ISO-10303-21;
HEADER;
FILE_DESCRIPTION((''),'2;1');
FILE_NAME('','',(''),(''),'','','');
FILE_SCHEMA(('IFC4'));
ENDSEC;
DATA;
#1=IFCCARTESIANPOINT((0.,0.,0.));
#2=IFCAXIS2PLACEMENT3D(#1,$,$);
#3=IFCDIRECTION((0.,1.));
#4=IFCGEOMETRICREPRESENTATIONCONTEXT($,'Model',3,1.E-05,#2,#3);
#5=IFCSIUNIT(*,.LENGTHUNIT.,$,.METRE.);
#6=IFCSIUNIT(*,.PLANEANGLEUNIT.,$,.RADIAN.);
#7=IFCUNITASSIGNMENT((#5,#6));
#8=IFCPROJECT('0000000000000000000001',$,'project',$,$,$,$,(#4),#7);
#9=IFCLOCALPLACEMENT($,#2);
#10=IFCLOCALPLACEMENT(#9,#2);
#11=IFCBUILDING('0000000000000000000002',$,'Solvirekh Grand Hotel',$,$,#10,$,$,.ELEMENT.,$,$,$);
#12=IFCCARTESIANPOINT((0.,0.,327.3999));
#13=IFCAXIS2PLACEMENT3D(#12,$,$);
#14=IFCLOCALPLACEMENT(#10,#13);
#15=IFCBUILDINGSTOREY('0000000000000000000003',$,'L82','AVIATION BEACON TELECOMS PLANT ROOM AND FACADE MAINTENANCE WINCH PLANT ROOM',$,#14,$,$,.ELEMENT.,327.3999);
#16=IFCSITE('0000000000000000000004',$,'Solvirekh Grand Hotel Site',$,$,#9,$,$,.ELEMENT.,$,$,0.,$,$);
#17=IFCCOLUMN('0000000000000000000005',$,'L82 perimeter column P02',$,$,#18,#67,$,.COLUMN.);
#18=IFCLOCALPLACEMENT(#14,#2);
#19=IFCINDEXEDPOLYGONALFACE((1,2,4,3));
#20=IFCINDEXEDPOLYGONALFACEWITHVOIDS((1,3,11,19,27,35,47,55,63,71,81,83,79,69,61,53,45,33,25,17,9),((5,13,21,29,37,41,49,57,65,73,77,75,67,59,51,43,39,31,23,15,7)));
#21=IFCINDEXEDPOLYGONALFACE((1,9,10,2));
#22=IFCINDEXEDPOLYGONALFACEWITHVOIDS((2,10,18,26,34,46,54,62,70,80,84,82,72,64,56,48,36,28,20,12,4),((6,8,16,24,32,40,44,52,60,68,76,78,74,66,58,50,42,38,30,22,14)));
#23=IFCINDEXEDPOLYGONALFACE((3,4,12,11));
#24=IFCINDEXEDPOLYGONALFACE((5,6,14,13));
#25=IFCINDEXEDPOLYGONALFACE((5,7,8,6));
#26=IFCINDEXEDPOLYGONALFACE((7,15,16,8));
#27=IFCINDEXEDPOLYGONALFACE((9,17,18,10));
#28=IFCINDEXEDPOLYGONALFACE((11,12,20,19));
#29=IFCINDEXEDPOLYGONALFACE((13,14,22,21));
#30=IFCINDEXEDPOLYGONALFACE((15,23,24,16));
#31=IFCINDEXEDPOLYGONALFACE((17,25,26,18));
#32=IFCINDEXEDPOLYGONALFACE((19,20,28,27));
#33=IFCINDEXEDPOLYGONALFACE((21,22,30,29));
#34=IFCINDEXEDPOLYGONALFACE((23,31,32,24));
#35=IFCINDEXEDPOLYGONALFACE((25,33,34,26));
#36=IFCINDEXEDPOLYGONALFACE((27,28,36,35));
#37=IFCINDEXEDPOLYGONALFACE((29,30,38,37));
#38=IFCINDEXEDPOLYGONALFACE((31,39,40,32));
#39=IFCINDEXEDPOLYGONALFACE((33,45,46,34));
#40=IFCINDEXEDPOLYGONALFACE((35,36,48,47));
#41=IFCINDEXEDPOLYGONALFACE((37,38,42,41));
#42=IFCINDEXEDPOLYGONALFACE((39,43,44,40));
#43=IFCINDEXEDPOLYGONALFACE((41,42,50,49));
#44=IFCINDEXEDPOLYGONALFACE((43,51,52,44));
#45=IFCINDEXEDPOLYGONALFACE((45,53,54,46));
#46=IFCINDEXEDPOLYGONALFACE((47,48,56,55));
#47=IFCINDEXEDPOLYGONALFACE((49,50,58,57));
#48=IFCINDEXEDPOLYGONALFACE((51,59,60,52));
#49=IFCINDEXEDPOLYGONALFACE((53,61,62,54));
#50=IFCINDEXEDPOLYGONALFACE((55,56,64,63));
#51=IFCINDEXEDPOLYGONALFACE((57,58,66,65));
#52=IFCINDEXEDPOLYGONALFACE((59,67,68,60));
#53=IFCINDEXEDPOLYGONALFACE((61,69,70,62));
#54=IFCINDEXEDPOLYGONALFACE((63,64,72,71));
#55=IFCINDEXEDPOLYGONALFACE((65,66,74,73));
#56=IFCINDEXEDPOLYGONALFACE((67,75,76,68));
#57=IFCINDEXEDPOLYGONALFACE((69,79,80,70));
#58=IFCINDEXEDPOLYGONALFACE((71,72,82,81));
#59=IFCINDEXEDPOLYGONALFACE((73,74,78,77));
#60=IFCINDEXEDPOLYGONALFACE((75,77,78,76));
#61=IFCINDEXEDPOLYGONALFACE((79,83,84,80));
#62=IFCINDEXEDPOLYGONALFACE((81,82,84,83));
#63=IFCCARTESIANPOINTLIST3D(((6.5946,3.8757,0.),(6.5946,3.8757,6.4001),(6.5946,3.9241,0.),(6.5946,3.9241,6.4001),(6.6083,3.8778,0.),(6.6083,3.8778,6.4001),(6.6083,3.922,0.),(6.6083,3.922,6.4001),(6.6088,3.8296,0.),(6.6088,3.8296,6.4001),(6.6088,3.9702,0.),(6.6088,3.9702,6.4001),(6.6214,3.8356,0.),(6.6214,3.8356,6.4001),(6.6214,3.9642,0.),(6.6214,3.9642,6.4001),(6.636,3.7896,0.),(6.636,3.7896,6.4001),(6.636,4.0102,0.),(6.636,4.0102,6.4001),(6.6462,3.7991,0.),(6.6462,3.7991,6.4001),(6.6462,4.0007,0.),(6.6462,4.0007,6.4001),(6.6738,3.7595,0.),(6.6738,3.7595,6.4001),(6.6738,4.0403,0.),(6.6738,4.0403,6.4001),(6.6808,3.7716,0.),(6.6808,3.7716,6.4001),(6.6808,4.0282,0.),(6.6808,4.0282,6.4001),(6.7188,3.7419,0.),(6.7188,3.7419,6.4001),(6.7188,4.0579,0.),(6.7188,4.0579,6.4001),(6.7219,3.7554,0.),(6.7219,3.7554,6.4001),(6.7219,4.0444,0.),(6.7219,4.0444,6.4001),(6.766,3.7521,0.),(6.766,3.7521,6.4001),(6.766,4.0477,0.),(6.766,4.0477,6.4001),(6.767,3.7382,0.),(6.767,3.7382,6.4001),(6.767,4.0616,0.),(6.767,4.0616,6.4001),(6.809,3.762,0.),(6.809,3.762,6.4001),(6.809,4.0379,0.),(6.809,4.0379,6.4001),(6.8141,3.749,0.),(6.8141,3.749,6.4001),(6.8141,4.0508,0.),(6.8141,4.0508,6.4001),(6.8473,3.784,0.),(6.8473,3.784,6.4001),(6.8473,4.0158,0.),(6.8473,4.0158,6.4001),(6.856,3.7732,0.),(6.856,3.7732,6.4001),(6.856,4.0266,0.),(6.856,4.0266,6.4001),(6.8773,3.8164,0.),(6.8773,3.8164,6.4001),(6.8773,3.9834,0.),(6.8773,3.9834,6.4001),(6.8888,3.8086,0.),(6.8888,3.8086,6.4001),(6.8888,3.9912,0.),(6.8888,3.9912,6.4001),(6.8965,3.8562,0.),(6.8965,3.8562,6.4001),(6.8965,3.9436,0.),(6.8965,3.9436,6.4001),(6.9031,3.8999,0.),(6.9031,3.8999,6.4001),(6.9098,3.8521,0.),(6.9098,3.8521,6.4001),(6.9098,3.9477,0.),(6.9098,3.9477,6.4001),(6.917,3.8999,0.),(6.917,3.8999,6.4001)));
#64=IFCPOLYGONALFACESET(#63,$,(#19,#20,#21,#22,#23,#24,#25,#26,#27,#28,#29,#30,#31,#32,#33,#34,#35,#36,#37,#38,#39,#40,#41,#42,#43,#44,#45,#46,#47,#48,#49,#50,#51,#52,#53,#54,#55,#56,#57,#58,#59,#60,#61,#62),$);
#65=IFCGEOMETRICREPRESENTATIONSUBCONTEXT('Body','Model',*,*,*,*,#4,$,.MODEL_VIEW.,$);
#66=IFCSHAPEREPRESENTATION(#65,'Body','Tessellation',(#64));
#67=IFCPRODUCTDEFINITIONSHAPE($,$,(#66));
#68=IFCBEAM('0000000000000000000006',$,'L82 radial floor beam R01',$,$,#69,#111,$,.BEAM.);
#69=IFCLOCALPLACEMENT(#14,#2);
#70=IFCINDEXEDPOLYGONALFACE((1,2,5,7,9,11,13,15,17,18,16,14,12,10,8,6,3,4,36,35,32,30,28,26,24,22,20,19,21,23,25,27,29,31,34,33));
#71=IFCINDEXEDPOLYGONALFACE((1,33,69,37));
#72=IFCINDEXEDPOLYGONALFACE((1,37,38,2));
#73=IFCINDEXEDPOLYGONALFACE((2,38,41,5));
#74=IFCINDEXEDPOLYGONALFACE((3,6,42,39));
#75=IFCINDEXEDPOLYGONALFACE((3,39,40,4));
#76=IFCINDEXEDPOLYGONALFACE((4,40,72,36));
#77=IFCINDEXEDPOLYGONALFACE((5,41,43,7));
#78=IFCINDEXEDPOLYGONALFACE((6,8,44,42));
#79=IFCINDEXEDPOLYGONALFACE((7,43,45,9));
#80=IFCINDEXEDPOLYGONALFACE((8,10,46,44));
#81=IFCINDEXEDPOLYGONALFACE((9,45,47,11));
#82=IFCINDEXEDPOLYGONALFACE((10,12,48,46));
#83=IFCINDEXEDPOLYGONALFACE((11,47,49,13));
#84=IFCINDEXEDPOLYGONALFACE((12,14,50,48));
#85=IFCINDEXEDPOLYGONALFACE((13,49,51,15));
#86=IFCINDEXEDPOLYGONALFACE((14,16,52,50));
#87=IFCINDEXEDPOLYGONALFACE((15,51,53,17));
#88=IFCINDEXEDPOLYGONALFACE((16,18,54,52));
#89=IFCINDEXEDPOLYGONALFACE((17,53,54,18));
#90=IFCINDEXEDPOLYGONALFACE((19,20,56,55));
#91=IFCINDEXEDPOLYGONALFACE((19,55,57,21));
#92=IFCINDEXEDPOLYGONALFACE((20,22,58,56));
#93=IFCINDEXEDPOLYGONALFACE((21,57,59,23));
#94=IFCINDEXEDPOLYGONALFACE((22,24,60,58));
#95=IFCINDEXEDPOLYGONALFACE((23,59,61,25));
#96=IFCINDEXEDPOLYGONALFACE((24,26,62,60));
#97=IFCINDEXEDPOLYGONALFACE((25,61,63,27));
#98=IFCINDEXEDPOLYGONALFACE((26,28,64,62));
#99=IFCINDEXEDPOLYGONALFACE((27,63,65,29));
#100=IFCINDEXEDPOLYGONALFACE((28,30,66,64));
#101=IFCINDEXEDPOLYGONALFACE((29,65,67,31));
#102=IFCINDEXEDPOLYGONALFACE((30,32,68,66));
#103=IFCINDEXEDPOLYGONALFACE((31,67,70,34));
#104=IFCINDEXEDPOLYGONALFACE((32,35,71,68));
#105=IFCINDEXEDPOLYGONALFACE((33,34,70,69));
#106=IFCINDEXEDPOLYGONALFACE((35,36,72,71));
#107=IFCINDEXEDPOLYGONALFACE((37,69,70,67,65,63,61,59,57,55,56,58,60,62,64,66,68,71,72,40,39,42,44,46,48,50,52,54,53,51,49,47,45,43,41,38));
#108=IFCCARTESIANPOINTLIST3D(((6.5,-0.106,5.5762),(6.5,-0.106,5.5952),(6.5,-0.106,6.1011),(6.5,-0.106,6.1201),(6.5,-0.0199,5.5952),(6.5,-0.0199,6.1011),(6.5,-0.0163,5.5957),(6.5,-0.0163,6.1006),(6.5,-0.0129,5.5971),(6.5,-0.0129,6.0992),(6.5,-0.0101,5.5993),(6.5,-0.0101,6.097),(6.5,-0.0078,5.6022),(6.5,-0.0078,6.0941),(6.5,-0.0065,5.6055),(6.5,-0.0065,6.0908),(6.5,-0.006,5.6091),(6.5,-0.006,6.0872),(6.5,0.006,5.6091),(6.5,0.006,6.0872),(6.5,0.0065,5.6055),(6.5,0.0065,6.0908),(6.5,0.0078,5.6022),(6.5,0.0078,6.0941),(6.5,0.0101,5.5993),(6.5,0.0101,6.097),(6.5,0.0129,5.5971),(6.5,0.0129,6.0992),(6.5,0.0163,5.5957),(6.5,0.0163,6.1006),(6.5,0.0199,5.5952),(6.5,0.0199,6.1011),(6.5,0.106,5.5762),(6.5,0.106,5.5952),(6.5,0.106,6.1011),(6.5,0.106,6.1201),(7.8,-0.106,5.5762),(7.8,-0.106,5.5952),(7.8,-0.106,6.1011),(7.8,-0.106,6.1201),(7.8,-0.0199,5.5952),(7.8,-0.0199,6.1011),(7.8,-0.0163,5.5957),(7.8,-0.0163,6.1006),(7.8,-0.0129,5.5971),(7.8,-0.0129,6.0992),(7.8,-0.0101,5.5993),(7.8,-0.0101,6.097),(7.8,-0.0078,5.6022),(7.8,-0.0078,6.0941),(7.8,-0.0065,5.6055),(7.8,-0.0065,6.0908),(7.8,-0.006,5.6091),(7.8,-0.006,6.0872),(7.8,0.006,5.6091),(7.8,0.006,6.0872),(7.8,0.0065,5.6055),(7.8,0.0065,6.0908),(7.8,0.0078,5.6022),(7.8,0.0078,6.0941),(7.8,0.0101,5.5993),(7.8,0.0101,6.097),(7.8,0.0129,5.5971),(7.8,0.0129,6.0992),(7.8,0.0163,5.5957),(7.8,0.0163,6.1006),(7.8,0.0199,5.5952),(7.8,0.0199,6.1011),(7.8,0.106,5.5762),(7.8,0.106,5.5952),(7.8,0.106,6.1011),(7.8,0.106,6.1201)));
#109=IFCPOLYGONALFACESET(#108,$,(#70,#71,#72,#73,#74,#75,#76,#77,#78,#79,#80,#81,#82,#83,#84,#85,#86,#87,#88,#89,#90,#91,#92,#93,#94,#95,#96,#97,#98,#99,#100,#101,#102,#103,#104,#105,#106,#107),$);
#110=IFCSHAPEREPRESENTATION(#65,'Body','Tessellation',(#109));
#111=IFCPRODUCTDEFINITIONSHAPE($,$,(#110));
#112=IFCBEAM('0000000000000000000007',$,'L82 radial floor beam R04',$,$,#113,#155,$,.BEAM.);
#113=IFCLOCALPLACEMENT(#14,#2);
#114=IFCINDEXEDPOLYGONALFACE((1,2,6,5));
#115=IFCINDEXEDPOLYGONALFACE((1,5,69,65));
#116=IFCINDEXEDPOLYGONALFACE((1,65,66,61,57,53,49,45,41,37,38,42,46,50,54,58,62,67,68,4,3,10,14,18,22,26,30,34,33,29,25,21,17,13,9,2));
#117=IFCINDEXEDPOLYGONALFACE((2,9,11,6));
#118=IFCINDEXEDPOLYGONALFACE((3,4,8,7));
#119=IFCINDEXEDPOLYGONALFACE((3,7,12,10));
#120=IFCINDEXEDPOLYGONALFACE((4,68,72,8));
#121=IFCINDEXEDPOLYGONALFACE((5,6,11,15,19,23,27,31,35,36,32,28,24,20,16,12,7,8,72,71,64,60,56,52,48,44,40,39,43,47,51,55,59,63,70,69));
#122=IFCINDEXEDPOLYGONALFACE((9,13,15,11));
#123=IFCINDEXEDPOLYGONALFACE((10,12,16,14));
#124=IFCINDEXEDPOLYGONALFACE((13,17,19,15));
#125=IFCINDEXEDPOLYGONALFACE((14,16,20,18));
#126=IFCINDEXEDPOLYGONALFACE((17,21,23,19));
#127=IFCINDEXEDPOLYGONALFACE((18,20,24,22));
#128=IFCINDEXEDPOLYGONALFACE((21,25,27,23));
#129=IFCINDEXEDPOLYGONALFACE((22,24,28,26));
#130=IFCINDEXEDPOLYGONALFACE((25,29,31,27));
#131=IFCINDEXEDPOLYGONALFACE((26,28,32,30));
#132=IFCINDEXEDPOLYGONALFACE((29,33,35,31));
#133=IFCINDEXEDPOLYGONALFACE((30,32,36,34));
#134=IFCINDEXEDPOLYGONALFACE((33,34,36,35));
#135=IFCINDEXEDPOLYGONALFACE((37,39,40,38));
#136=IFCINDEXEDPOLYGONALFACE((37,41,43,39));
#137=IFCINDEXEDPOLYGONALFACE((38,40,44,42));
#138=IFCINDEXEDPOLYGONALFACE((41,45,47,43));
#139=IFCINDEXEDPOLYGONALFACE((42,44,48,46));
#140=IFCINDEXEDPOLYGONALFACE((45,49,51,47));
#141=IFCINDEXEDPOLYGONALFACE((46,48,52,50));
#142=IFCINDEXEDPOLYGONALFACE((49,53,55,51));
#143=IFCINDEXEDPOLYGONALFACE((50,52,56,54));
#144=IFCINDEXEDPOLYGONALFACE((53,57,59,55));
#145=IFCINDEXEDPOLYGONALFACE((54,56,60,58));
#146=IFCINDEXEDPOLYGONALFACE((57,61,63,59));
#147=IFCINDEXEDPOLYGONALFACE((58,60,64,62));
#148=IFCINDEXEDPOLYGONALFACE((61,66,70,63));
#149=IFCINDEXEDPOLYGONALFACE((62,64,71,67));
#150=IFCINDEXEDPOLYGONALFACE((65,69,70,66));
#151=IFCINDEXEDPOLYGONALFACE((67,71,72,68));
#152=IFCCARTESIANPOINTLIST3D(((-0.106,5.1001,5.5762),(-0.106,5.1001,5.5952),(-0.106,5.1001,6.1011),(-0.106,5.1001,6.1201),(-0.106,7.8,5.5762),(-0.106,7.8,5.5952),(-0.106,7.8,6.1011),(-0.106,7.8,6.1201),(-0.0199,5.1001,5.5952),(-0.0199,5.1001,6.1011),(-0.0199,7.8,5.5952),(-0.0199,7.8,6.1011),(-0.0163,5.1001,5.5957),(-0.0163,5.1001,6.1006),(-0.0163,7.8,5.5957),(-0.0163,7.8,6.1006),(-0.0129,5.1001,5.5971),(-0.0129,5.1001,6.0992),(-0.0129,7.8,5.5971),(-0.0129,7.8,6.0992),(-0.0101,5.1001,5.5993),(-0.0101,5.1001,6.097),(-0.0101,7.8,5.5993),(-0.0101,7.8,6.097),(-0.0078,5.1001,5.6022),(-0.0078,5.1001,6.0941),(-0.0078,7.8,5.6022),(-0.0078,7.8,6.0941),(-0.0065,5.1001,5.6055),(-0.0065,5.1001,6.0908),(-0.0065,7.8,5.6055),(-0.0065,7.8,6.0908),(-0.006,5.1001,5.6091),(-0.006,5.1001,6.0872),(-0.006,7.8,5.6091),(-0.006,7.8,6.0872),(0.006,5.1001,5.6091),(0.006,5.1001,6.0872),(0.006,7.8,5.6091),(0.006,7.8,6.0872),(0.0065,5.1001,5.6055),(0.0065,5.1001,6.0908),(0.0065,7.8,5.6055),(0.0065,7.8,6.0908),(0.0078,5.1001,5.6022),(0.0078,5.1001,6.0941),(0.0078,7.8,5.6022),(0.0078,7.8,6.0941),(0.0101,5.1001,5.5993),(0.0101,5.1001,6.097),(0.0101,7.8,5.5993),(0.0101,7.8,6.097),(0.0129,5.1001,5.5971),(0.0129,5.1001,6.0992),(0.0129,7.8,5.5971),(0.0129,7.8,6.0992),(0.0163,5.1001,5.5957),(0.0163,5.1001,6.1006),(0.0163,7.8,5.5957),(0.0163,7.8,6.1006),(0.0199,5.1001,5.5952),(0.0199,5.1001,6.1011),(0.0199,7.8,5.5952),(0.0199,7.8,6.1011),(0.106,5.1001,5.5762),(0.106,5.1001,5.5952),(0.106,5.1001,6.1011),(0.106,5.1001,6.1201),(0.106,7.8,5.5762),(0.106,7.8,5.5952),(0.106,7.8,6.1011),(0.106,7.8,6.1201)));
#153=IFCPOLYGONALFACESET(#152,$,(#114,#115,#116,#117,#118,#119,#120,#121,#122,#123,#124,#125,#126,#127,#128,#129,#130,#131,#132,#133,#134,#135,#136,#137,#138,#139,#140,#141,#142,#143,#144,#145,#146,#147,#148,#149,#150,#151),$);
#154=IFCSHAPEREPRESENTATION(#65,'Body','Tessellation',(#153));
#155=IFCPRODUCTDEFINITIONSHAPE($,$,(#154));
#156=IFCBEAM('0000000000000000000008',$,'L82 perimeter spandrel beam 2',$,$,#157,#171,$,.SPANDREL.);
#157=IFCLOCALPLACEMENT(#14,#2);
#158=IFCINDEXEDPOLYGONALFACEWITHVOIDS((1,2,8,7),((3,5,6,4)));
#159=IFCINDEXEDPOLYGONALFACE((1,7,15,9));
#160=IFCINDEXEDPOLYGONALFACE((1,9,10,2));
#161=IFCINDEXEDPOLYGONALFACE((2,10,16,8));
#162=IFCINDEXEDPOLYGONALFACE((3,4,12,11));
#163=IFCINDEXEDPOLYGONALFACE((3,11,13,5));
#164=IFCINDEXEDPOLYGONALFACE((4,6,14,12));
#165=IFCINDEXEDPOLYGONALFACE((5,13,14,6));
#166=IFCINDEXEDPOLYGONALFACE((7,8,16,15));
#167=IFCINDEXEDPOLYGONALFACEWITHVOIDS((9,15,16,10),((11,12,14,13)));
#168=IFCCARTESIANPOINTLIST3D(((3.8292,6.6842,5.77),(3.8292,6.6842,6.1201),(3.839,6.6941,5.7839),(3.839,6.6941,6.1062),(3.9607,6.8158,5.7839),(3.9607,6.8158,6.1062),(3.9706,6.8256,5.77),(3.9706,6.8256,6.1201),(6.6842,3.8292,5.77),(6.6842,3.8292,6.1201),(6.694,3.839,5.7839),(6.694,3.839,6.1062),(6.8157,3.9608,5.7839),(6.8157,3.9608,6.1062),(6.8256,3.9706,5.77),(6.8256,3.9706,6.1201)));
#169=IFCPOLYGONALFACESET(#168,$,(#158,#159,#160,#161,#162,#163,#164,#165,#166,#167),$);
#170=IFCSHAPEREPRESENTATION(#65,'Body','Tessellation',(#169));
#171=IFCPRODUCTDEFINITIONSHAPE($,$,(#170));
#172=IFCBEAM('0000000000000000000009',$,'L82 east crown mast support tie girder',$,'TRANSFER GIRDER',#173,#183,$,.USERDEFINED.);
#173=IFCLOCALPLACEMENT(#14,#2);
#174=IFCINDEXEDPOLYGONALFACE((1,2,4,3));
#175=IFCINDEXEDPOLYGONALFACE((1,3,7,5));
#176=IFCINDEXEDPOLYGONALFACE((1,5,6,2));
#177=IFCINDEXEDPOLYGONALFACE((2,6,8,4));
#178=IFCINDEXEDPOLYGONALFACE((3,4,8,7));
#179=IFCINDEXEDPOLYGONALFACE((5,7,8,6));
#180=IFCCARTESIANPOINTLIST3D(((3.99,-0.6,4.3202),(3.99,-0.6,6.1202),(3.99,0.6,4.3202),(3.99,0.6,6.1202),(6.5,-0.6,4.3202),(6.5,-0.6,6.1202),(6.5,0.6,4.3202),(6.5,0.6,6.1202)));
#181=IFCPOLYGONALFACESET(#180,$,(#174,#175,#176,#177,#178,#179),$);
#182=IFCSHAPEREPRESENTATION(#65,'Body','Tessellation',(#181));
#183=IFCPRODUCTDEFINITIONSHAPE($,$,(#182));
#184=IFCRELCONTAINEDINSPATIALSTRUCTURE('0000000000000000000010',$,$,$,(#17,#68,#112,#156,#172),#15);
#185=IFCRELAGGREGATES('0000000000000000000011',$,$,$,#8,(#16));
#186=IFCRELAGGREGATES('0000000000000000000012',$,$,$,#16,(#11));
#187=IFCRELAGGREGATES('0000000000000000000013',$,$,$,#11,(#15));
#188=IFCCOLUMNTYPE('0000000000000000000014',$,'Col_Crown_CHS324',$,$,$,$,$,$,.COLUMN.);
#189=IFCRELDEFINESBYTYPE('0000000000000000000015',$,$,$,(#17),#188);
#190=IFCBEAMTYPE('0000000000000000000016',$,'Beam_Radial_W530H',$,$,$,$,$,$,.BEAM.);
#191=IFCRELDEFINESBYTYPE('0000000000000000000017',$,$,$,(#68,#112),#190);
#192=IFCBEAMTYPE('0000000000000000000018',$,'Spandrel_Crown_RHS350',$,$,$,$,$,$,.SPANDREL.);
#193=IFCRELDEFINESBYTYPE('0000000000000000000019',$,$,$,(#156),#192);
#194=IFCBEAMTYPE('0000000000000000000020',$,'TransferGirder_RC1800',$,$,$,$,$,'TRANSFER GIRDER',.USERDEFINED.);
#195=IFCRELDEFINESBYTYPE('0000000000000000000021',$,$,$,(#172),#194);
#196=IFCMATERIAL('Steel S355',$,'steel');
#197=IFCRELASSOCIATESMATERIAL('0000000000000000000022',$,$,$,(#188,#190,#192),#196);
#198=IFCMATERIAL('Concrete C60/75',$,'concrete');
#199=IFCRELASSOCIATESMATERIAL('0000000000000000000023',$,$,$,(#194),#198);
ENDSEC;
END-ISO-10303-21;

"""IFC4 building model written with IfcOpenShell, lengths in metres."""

from ifc_helpers import new_model, si_unit, direction, frame, origin, origin_2d, place, context, subcontext, project, spatial, rectangle, hollow_rectangle, hollow_circle, i_section, extrude, material, material_profile, profile_set, type_object, element, save


model = new_model("IFC4")

# Units and contexts
model_context = context("Model", 3, precision=1e-05, world=origin(), true_north=direction((0.0, 1.0)))
body_context = subcontext(model_context, "Body", "Model", "MODEL_VIEW")
ifc_project = project(units=[si_unit("LENGTHUNIT", "METRE"), si_unit("PLANEANGLEUNIT", "RADIAN")], contexts=[model_context])

# Site, building, storey
site_placement = place(None, origin())
site = spatial("IfcSite", under=ifc_project, at=site_placement, Name="Solvirekh Grand Hotel Site", CompositionType="ELEMENT", RefElevation=0.0)
building_placement = place(site_placement, origin())
building = spatial("IfcBuilding", under=site, at=building_placement, Name="Solvirekh Grand Hotel", CompositionType="ELEMENT")
storey_placement = place(building_placement, frame((0.0, 0.0, 327.3999)))
storey = spatial("IfcBuildingStorey", under=building, at=storey_placement, Name="L82", Description="AVIATION BEACON TELECOMS PLANT ROOM AND FACADE MAINTENANCE WINCH PLANT ROOM", CompositionType="ELEMENT", Elevation=327.3999)

# Column
ifc_material_1 = material(Name="Steel S355", Category="steel")
ifc_material_profile_1 = material_profile(ifc_material_1, hollow_circle(Radius=0.1621, WallThickness=0.0139, at=origin_2d()), Name="CHS 324X14")
ifc_profile_set_1 = profile_set([ifc_material_profile_1], Name="Steel S355")
column_type = type_object("IfcColumnType", Name="Col_Crown_CHS324", PredefinedType="COLUMN", material=ifc_profile_set_1)
column_placement = place(storey_placement, frame((6.7549, 3.8999, 0.0), z_axis=(0.0, 0.0, 1.0), x_axis=(1.0, 0.0, 0.0)))
element("IfcColumn", 1, at=column_placement, inside=storey, type_object=column_type, Name="L82 perimeter column P02", PredefinedType="COLUMN", context=body_context, shape_type="SweptSolid", body=[
    extrude(hollow_circle(Radius=0.1621, WallThickness=0.0139, at=origin_2d()), origin(), (0.0, 0.0, 1.0), 6.4001),
])

# Beams
ifc_material_profile_2 = material_profile(ifc_material_1, i_section(OverallWidth=0.2119, OverallDepth=0.5439, WebThickness=0.012, FlangeThickness=0.019, FilletRadius=0.0139, at=origin_2d()), Name="W530X123")
ifc_profile_set_2 = profile_set([ifc_material_profile_2], Name="Steel S355")
beam_type_1 = type_object("IfcBeamType", Name="Beam_Radial_W530H", PredefinedType="BEAM", material=ifc_profile_set_2)
beam_1_placement = place(storey_placement, frame((6.5, 0.0, 5.8481), z_axis=(1.0, 0.0, 0.0), x_axis=(0.0, 1.0, 0.0)))
element("IfcBeam", 2, at=beam_1_placement, inside=storey, type_object=beam_type_1, Name="L82 radial floor beam R01", PredefinedType="BEAM", context=body_context, shape_type="SweptSolid", body=[
    extrude(i_section(OverallWidth=0.2119, OverallDepth=0.5439, WebThickness=0.012, FlangeThickness=0.019, FilletRadius=0.0139, at=origin_2d()), origin(), (0.0, 0.0, 1.0), 1.3),
])
beam_2_placement = place(storey_placement, frame((0.0, 5.1001, 5.8481), z_axis=(0.0, 1.0, 0.0), x_axis=(-1.0, 0.0, 0.0)))
element("IfcBeam", 3, at=beam_2_placement, inside=storey, type_object=beam_type_1, Name="L82 radial floor beam R04", PredefinedType="BEAM", context=body_context, shape_type="SweptSolid", body=[
    extrude(i_section(OverallWidth=0.2119, OverallDepth=0.5439, WebThickness=0.012, FlangeThickness=0.019, FilletRadius=0.0139, at=origin_2d()), origin(), (0.0, 0.0, 1.0), 2.7),
])
ifc_material_profile_3 = material_profile(ifc_material_1, hollow_rectangle(XDim=0.2, YDim=0.3501, WallThickness=0.0139, at=origin_2d()), Name="RHS 350X200X14")
ifc_profile_set_3 = profile_set([ifc_material_profile_3], Name="Steel S355")
beam_type_2 = type_object("IfcBeamType", Name="Spandrel_Crown_RHS350", PredefinedType="SPANDREL", material=ifc_profile_set_3)
beam_3_placement = place(storey_placement, frame((6.7549, 3.8999, 5.9451), z_axis=(-0.707107, 0.707107, 0.0), x_axis=(-0.707107, -0.707107, 0.0)))
element("IfcBeam", 4, at=beam_3_placement, inside=storey, type_object=beam_type_2, Name="L82 perimeter spandrel beam 2", PredefinedType="SPANDREL", context=body_context, shape_type="SweptSolid", body=[
    extrude(hollow_rectangle(XDim=0.2, YDim=0.3501, WallThickness=0.0139, at=origin_2d()), origin(), (0.0, 0.0, 1.0), 4.0376),
])
ifc_material_2 = material(Name="Concrete C60/75", Category="concrete")
ifc_material_profile_4 = material_profile(ifc_material_2, rectangle(XDim=1.2, YDim=1.8, at=origin_2d()), Name="RC GIRDER 1200X1800")
ifc_profile_set_4 = profile_set([ifc_material_profile_4], Name="Concrete C60/75")
beam_type_3 = type_object("IfcBeamType", Name="TransferGirder_RC1800", ElementType="TRANSFER GIRDER", PredefinedType="USERDEFINED", material=ifc_profile_set_4)
beam_4_placement = place(storey_placement, frame((3.99, 0.0, 5.2202), z_axis=(1.0, 0.0, 0.0), x_axis=(0.0, 1.0, 0.0)))
element("IfcBeam", 5, at=beam_4_placement, inside=storey, type_object=beam_type_3, Name="L82 east crown mast support tie girder", ObjectType="TRANSFER GIRDER", PredefinedType="USERDEFINED", context=body_context, shape_type="SweptSolid", body=[
    extrude(rectangle(XDim=1.2, YDim=1.8, at=origin_2d()), origin(), (0.0, 0.0, 1.0), 2.51),
])

save(model, "model.ifc")
